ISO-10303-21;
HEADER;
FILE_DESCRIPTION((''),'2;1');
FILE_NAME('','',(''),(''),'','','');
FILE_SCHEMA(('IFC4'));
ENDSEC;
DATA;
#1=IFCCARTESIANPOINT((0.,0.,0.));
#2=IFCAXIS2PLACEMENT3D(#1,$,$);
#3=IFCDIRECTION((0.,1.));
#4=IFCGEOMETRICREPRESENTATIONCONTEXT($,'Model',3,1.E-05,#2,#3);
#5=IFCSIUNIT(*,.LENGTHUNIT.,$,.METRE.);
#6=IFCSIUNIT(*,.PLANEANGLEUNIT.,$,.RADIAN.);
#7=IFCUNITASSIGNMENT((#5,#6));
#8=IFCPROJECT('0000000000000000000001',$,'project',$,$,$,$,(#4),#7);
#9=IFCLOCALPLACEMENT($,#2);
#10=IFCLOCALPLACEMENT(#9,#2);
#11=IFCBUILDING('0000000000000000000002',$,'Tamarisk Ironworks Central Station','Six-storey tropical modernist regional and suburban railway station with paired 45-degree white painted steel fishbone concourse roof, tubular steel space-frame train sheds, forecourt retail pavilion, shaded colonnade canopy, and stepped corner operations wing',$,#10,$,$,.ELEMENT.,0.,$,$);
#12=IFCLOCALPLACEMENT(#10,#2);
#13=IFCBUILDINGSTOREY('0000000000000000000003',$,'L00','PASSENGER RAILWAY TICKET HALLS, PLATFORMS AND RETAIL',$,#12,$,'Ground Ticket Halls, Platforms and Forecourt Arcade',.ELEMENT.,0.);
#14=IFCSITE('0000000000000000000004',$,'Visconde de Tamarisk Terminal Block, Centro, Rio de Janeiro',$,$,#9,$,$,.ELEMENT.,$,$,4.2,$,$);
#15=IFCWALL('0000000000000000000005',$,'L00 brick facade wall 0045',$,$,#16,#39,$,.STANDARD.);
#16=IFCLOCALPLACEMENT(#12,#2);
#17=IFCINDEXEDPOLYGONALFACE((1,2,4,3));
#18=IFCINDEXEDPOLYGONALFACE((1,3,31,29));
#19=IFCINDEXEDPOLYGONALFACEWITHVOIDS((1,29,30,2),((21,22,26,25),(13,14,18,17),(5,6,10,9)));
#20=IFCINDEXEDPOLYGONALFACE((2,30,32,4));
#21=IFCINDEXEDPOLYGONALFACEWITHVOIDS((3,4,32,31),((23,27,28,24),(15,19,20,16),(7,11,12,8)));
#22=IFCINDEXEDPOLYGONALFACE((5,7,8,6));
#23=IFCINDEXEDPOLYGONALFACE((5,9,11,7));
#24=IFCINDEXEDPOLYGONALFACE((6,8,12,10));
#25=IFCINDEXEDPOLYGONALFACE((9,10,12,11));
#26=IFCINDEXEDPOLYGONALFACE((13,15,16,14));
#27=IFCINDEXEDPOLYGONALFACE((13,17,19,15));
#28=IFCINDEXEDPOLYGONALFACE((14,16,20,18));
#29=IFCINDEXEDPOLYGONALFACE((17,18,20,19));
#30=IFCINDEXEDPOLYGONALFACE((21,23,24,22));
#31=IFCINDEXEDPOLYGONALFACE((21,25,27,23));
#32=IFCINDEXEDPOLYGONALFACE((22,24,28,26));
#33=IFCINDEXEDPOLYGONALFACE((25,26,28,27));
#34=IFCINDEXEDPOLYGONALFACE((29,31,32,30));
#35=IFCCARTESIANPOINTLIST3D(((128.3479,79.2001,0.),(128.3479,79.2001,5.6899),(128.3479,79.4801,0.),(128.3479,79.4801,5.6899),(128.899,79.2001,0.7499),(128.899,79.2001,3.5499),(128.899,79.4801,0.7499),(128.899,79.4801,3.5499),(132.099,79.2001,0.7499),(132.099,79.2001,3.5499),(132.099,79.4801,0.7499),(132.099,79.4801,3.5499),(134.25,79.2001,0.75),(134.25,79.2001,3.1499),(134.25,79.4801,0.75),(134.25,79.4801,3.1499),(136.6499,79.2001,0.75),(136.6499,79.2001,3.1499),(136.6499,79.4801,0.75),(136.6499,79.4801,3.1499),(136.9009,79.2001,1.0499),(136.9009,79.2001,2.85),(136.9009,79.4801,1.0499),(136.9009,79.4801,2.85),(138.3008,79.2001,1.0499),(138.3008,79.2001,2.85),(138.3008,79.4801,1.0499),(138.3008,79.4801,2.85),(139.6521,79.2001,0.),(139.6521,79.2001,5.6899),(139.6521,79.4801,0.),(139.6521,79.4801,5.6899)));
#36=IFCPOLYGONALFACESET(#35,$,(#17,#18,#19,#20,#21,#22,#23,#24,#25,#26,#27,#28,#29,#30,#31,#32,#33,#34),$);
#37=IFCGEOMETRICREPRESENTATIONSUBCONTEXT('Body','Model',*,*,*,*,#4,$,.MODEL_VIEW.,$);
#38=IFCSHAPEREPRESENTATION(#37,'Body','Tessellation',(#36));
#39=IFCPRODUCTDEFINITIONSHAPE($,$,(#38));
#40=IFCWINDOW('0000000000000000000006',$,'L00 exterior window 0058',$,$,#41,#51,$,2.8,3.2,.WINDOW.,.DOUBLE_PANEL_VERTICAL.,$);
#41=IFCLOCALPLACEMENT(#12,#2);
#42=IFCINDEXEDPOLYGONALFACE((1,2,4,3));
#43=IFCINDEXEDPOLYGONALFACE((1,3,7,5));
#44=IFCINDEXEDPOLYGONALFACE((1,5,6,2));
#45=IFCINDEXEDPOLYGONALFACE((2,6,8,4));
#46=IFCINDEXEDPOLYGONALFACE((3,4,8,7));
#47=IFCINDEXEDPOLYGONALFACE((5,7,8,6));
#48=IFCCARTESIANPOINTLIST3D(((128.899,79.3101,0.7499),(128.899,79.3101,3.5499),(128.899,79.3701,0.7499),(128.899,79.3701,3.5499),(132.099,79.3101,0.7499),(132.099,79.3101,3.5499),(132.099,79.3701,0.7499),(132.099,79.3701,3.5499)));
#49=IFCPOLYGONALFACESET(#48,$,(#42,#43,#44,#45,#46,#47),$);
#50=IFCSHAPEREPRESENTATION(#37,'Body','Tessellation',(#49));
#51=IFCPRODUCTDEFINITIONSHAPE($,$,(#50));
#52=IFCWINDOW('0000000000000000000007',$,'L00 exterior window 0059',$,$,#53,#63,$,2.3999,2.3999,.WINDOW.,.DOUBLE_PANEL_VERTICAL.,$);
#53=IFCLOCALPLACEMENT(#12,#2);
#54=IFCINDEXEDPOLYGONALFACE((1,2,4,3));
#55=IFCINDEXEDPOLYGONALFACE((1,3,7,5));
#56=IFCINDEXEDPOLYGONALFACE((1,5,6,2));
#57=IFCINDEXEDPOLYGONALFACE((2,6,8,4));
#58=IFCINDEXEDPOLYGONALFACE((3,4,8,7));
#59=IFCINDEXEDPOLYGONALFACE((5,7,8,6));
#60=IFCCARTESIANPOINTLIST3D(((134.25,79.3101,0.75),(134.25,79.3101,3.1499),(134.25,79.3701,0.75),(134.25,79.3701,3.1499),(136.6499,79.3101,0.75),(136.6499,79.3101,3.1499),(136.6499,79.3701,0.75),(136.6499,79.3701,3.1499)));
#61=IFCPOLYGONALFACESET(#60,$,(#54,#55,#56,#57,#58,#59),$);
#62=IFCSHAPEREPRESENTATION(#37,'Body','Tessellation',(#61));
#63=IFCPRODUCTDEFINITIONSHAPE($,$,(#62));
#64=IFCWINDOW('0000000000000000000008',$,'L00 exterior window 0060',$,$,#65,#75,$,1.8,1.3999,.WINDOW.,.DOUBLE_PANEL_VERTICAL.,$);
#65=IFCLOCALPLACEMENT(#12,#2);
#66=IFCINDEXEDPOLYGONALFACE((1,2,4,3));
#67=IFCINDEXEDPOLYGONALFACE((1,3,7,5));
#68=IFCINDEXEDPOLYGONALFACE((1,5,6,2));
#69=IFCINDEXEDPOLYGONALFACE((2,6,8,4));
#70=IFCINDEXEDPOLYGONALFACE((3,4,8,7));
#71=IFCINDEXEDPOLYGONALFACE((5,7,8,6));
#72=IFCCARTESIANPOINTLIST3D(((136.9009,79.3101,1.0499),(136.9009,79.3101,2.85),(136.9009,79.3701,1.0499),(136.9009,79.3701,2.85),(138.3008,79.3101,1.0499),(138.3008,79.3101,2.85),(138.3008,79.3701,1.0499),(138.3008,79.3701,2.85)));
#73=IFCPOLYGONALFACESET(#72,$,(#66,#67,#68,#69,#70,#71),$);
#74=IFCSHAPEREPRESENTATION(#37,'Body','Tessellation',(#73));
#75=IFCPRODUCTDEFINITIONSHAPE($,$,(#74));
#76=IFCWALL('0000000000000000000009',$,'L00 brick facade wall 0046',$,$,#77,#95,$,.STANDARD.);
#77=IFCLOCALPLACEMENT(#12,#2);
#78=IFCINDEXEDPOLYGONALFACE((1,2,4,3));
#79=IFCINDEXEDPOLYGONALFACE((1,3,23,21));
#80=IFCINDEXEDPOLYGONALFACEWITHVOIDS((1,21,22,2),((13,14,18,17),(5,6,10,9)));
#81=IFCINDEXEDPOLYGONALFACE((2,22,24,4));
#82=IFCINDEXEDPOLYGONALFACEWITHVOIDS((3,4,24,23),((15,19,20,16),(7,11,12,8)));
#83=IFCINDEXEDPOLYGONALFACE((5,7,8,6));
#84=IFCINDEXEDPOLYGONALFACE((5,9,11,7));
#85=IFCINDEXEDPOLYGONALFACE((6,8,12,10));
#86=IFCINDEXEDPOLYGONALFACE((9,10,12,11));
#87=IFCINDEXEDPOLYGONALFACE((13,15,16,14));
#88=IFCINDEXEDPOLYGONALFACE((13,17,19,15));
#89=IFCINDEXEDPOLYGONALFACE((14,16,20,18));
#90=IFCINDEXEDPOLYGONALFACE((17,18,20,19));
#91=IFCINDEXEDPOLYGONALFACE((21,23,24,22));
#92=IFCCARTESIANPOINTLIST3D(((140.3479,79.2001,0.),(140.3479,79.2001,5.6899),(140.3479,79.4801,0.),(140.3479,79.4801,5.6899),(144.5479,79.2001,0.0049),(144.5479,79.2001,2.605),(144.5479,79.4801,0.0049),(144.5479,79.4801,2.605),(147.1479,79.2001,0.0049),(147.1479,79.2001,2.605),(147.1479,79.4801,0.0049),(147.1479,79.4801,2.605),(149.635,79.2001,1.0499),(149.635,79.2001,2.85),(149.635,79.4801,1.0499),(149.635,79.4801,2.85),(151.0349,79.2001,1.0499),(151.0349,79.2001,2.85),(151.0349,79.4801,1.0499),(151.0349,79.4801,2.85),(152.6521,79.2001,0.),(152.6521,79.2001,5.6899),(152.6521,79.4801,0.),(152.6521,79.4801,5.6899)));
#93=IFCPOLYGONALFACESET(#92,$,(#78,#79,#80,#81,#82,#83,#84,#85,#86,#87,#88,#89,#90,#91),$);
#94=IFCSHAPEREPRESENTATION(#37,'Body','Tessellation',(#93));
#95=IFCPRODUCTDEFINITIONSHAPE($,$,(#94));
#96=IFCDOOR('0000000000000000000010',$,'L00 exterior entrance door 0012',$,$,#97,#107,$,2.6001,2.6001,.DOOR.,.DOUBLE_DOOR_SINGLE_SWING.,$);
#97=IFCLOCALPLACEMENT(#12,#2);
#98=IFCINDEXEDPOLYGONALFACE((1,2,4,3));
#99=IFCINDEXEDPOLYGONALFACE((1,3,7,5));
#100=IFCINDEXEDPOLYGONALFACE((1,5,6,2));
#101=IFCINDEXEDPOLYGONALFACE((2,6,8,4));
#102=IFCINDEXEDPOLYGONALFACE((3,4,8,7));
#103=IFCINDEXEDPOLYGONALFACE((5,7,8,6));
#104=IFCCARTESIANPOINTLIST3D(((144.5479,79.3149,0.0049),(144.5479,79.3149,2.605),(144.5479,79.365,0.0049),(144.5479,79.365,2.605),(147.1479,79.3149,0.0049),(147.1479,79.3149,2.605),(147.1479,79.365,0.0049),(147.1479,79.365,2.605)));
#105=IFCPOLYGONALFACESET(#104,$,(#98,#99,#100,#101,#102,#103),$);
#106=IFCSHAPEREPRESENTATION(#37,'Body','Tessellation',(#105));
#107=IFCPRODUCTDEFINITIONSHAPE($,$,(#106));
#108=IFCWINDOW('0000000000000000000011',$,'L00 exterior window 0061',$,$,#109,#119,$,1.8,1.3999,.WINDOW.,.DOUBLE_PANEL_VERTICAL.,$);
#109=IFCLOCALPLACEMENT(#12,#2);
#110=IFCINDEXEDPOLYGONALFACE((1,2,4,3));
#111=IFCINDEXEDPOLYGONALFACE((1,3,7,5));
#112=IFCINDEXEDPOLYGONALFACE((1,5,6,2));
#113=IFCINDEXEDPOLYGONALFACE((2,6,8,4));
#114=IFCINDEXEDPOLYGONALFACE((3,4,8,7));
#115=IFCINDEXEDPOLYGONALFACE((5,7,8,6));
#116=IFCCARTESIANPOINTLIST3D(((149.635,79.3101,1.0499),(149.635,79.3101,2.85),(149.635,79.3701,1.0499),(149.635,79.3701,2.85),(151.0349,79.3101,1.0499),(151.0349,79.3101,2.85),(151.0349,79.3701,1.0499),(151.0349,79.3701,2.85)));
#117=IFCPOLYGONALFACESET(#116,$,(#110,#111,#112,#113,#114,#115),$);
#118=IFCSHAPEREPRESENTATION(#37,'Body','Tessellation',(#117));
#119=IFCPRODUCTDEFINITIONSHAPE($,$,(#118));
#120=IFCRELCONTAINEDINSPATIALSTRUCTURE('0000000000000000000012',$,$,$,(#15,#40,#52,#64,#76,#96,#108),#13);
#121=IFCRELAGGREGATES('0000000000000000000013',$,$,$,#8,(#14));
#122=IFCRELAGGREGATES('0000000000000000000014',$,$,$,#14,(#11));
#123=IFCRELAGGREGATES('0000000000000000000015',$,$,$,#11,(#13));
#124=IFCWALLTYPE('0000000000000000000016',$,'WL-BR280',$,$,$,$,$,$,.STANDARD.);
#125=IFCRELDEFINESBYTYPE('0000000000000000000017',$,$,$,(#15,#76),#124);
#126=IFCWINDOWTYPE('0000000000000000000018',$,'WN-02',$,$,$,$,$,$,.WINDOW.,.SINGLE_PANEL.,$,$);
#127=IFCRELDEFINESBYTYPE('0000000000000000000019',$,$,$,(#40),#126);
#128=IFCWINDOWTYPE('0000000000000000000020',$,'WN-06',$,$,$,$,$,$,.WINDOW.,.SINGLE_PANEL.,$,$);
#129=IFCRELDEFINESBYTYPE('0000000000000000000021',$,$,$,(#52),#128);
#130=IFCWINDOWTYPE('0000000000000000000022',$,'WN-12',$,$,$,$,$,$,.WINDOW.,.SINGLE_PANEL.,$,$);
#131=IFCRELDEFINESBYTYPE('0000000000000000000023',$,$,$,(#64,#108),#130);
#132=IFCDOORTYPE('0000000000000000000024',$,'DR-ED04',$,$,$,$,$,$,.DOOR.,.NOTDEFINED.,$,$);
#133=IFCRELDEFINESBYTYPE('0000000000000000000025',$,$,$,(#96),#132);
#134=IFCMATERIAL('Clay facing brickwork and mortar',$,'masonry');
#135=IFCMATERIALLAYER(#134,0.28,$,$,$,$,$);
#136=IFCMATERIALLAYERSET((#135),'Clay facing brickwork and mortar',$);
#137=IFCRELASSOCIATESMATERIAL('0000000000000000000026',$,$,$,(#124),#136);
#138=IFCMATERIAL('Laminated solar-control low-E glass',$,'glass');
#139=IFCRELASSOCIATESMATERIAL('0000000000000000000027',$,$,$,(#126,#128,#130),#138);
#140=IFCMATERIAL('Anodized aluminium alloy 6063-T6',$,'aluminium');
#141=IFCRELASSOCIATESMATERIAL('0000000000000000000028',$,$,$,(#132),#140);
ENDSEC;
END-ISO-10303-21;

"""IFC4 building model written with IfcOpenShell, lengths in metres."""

from ifc_helpers import new_model, si_unit, direction, frame, frame_2d, origin, place, context, subcontext, project, spatial, rectangle, extrude, material, layer, layer_set, type_object, element, fill, save


model = new_model("IFC4")

# Units and contexts
model_context = context("Model", 3, precision=1e-05, world=origin(), true_north=direction((0.0, 1.0)))
body_context = subcontext(model_context, "Body", "Model", "MODEL_VIEW")
ifc_project = project(units=[si_unit("LENGTHUNIT", "METRE"), si_unit("PLANEANGLEUNIT", "RADIAN")], contexts=[model_context])

# Site, building, storey
site_placement = place(None, origin())
site = spatial("IfcSite", under=ifc_project, at=site_placement, Name="Visconde de Tamarisk Terminal Block, Centro, Rio de Janeiro", CompositionType="ELEMENT", RefElevation=4.2)
building_placement = place(site_placement, origin())
building = spatial("IfcBuilding", under=site, at=building_placement, Name="Tamarisk Ironworks Central Station", Description="Six-storey tropical modernist regional and suburban railway station with paired 45-degree white painted steel fishbone concourse roof, tubular steel space-frame train sheds, forecourt retail pavilion, shaded colonnade canopy, and stepped corner operations wing", CompositionType="ELEMENT", ElevationOfRefHeight=0.0)
storey_placement = place(building_placement, origin())
storey = spatial("IfcBuildingStorey", under=building, at=storey_placement, Name="L00", Description="PASSENGER RAILWAY TICKET HALLS, PLATFORMS AND RETAIL", LongName="Ground Ticket Halls, Platforms and Forecourt Arcade", CompositionType="ELEMENT", Elevation=0.0)

# Wall, openings, windows
ifc_material_1 = material(Name="Clay facing brickwork and mortar", Category="masonry")
ifc_layer_1 = layer(ifc_material_1, 0.28)
ifc_layer_set_1 = layer_set([ifc_layer_1], Name="Clay facing brickwork and mortar")
wall_type_1 = type_object("IfcWallType", Name="WL-BR280", PredefinedType="STANDARD", material=ifc_layer_set_1)
wall_1_placement = place(storey_placement, frame((128.3479, 79.3401, 0.0), z_axis=(0.0, 0.0, 1.0), x_axis=(1.0, 0.0, 0.0)))
wall_1 = element("IfcWall", 1, at=wall_1_placement, inside=storey, type_object=wall_type_1, Name="L00 brick facade wall 0045", PredefinedType="STANDARD", context=body_context, shape_type="SweptSolid", body=[
    extrude(rectangle(XDim=11.3042, YDim=0.28, at=frame_2d((5.6521, 0.0))), origin(), (0.0, 0.0, 1.0), 5.6899),
])
opening_1_placement = place(wall_1_placement, frame((0.551, 0.0, 0.75)))
opening_1 = element("IfcOpeningElement", 2, at=opening_1_placement, cuts=wall_1, PredefinedType="OPENING", context=body_context, shape_type="SweptSolid", body=[
    extrude(rectangle(XDim=3.2, YDim=2.8, at=frame_2d((1.6001, 1.3999))), frame((0.0, 0.1519, 0.0), z_axis=(0.0, -1.0, 0.0), x_axis=(1.0, 0.0, 0.0)), (0.0, 0.0, 1.0), 0.304),
])
opening_2_placement = place(wall_1_placement, frame((5.9021, 0.0, 0.75)))
opening_2 = element("IfcOpeningElement", 3, at=opening_2_placement, cuts=wall_1, PredefinedType="OPENING", context=body_context, shape_type="SweptSolid", body=[
    extrude(rectangle(XDim=2.3999, YDim=2.3999, at=frame_2d((1.2, 1.2))), frame((0.0, 0.1519, 0.0), z_axis=(0.0, -1.0, 0.0), x_axis=(1.0, 0.0, 0.0)), (0.0, 0.0, 1.0), 0.304),
])
opening_3_placement = place(wall_1_placement, frame((8.553, 0.0, 1.05)))
opening_3 = element("IfcOpeningElement", 4, at=opening_3_placement, cuts=wall_1, PredefinedType="OPENING", context=body_context, shape_type="SweptSolid", body=[
    extrude(rectangle(XDim=1.3999, YDim=1.8, at=frame_2d((0.7, 0.8999))), frame((0.0, 0.1519, 0.0), z_axis=(0.0, -1.0, 0.0), x_axis=(1.0, 0.0, 0.0)), (0.0, 0.0, 1.0), 0.304),
])
ifc_material_2 = material(Name="Laminated solar-control low-E glass", Category="glass")
window_type_1 = type_object("IfcWindowType", Name="WN-02", PartitioningType="SINGLE_PANEL", PredefinedType="WINDOW", material=ifc_material_2)
window_1_placement = place(opening_1_placement, origin())
window_1 = element("IfcWindow", 5, at=window_1_placement, inside=storey, type_object=window_type_1, Name="L00 exterior window 0058", OverallHeight=2.8, OverallWidth=3.2, PartitioningType="DOUBLE_PANEL_VERTICAL", PredefinedType="WINDOW", context=body_context, shape_type="SweptSolid", body=[
    extrude(rectangle(XDim=3.2, YDim=2.8, at=frame_2d((1.6001, 1.3999))), frame((0.0, 0.03, 0.0), z_axis=(0.0, -1.0, 0.0), x_axis=(1.0, 0.0, 0.0)), (0.0, 0.0, 1.0), 0.0601),
])
fill(opening_1, window_1)
window_type_2 = type_object("IfcWindowType", Name="WN-06", PartitioningType="SINGLE_PANEL", PredefinedType="WINDOW", material=ifc_material_2)
window_2_placement = place(opening_2_placement, origin())
window_2 = element("IfcWindow", 6, at=window_2_placement, inside=storey, type_object=window_type_2, Name="L00 exterior window 0059", OverallHeight=2.3999, OverallWidth=2.3999, PartitioningType="DOUBLE_PANEL_VERTICAL", PredefinedType="WINDOW", context=body_context, shape_type="SweptSolid", body=[
    extrude(rectangle(XDim=2.3999, YDim=2.3999, at=frame_2d((1.2, 1.2))), frame((0.0, 0.03, 0.0), z_axis=(0.0, -1.0, 0.0), x_axis=(1.0, 0.0, 0.0)), (0.0, 0.0, 1.0), 0.0601),
])
fill(opening_2, window_2)
window_type_3 = type_object("IfcWindowType", Name="WN-12", PartitioningType="SINGLE_PANEL", PredefinedType="WINDOW", material=ifc_material_2)
window_3_placement = place(opening_3_placement, origin())
window_3 = element("IfcWindow", 7, at=window_3_placement, inside=storey, type_object=window_type_3, Name="L00 exterior window 0060", OverallHeight=1.8, OverallWidth=1.3999, PartitioningType="DOUBLE_PANEL_VERTICAL", PredefinedType="WINDOW", context=body_context, shape_type="SweptSolid", body=[
    extrude(rectangle(XDim=1.3999, YDim=1.8, at=frame_2d((0.7, 0.8999))), frame((0.0, 0.03, 0.0), z_axis=(0.0, -1.0, 0.0), x_axis=(1.0, 0.0, 0.0)), (0.0, 0.0, 1.0), 0.0601),
])
fill(opening_3, window_3)

# Wall, openings, door, window
wall_2_placement = place(storey_placement, frame((140.3479, 79.3401, 0.0), z_axis=(0.0, 0.0, 1.0), x_axis=(1.0, 0.0, 0.0)))
wall_2 = element("IfcWall", 8, at=wall_2_placement, inside=storey, type_object=wall_type_1, Name="L00 brick facade wall 0046", PredefinedType="STANDARD", context=body_context, shape_type="SweptSolid", body=[
    extrude(rectangle(XDim=12.3042, YDim=0.28, at=frame_2d((6.1521, 0.0))), origin(), (0.0, 0.0, 1.0), 5.6899),
])
opening_4_placement = place(wall_2_placement, frame((4.2, 0.0, 0.0049)))
opening_4 = element("IfcOpeningElement", 9, at=opening_4_placement, cuts=wall_2, PredefinedType="OPENING", context=body_context, shape_type="SweptSolid", body=[
    extrude(rectangle(XDim=2.6001, YDim=2.6001, at=frame_2d((1.3, 1.3))), frame((0.0, 0.1519, 0.0), z_axis=(0.0, -1.0, 0.0), x_axis=(1.0, 0.0, 0.0)), (0.0, 0.0, 1.0), 0.304),
])
opening_5_placement = place(wall_2_placement, frame((9.2871, 0.0, 1.05)))
opening_5 = element("IfcOpeningElement", 10, at=opening_5_placement, cuts=wall_2, PredefinedType="OPENING", context=body_context, shape_type="SweptSolid", body=[
    extrude(rectangle(XDim=1.3999, YDim=1.8, at=frame_2d((0.7, 0.8999))), frame((0.0, 0.1519, 0.0), z_axis=(0.0, -1.0, 0.0), x_axis=(1.0, 0.0, 0.0)), (0.0, 0.0, 1.0), 0.304),
])
ifc_material_3 = material(Name="Anodized aluminium alloy 6063-T6", Category="aluminium")
door_type = type_object("IfcDoorType", Name="DR-ED04", OperationType="NOTDEFINED", PredefinedType="DOOR", material=ifc_material_3)
door_placement = place(opening_4_placement, origin())
door = element("IfcDoor", 11, at=door_placement, inside=storey, type_object=door_type, Name="L00 exterior entrance door 0012", OperationType="DOUBLE_DOOR_SINGLE_SWING", OverallHeight=2.6001, OverallWidth=2.6001, PredefinedType="DOOR", context=body_context, shape_type="SweptSolid", body=[
    extrude(rectangle(XDim=2.6001, YDim=2.6001, at=frame_2d((1.3, 1.3))), frame((0.0, 0.0249, 0.0), z_axis=(0.0, -1.0, 0.0), x_axis=(1.0, 0.0, 0.0)), (0.0, 0.0, 1.0), 0.05),
])
fill(opening_4, door)
window_4_placement = place(opening_5_placement, origin())
window_4 = element("IfcWindow", 12, at=window_4_placement, inside=storey, type_object=window_type_3, Name="L00 exterior window 0061", OverallHeight=1.8, OverallWidth=1.3999, PartitioningType="DOUBLE_PANEL_VERTICAL", PredefinedType="WINDOW", context=body_context, shape_type="SweptSolid", body=[
    extrude(rectangle(XDim=1.3999, YDim=1.8, at=frame_2d((0.7, 0.8999))), frame((0.0, 0.03, 0.0), z_axis=(0.0, -1.0, 0.0), x_axis=(1.0, 0.0, 0.0)), (0.0, 0.0, 1.0), 0.0601),
])
fill(opening_5, window_4)

save(model, "model.ifc")
